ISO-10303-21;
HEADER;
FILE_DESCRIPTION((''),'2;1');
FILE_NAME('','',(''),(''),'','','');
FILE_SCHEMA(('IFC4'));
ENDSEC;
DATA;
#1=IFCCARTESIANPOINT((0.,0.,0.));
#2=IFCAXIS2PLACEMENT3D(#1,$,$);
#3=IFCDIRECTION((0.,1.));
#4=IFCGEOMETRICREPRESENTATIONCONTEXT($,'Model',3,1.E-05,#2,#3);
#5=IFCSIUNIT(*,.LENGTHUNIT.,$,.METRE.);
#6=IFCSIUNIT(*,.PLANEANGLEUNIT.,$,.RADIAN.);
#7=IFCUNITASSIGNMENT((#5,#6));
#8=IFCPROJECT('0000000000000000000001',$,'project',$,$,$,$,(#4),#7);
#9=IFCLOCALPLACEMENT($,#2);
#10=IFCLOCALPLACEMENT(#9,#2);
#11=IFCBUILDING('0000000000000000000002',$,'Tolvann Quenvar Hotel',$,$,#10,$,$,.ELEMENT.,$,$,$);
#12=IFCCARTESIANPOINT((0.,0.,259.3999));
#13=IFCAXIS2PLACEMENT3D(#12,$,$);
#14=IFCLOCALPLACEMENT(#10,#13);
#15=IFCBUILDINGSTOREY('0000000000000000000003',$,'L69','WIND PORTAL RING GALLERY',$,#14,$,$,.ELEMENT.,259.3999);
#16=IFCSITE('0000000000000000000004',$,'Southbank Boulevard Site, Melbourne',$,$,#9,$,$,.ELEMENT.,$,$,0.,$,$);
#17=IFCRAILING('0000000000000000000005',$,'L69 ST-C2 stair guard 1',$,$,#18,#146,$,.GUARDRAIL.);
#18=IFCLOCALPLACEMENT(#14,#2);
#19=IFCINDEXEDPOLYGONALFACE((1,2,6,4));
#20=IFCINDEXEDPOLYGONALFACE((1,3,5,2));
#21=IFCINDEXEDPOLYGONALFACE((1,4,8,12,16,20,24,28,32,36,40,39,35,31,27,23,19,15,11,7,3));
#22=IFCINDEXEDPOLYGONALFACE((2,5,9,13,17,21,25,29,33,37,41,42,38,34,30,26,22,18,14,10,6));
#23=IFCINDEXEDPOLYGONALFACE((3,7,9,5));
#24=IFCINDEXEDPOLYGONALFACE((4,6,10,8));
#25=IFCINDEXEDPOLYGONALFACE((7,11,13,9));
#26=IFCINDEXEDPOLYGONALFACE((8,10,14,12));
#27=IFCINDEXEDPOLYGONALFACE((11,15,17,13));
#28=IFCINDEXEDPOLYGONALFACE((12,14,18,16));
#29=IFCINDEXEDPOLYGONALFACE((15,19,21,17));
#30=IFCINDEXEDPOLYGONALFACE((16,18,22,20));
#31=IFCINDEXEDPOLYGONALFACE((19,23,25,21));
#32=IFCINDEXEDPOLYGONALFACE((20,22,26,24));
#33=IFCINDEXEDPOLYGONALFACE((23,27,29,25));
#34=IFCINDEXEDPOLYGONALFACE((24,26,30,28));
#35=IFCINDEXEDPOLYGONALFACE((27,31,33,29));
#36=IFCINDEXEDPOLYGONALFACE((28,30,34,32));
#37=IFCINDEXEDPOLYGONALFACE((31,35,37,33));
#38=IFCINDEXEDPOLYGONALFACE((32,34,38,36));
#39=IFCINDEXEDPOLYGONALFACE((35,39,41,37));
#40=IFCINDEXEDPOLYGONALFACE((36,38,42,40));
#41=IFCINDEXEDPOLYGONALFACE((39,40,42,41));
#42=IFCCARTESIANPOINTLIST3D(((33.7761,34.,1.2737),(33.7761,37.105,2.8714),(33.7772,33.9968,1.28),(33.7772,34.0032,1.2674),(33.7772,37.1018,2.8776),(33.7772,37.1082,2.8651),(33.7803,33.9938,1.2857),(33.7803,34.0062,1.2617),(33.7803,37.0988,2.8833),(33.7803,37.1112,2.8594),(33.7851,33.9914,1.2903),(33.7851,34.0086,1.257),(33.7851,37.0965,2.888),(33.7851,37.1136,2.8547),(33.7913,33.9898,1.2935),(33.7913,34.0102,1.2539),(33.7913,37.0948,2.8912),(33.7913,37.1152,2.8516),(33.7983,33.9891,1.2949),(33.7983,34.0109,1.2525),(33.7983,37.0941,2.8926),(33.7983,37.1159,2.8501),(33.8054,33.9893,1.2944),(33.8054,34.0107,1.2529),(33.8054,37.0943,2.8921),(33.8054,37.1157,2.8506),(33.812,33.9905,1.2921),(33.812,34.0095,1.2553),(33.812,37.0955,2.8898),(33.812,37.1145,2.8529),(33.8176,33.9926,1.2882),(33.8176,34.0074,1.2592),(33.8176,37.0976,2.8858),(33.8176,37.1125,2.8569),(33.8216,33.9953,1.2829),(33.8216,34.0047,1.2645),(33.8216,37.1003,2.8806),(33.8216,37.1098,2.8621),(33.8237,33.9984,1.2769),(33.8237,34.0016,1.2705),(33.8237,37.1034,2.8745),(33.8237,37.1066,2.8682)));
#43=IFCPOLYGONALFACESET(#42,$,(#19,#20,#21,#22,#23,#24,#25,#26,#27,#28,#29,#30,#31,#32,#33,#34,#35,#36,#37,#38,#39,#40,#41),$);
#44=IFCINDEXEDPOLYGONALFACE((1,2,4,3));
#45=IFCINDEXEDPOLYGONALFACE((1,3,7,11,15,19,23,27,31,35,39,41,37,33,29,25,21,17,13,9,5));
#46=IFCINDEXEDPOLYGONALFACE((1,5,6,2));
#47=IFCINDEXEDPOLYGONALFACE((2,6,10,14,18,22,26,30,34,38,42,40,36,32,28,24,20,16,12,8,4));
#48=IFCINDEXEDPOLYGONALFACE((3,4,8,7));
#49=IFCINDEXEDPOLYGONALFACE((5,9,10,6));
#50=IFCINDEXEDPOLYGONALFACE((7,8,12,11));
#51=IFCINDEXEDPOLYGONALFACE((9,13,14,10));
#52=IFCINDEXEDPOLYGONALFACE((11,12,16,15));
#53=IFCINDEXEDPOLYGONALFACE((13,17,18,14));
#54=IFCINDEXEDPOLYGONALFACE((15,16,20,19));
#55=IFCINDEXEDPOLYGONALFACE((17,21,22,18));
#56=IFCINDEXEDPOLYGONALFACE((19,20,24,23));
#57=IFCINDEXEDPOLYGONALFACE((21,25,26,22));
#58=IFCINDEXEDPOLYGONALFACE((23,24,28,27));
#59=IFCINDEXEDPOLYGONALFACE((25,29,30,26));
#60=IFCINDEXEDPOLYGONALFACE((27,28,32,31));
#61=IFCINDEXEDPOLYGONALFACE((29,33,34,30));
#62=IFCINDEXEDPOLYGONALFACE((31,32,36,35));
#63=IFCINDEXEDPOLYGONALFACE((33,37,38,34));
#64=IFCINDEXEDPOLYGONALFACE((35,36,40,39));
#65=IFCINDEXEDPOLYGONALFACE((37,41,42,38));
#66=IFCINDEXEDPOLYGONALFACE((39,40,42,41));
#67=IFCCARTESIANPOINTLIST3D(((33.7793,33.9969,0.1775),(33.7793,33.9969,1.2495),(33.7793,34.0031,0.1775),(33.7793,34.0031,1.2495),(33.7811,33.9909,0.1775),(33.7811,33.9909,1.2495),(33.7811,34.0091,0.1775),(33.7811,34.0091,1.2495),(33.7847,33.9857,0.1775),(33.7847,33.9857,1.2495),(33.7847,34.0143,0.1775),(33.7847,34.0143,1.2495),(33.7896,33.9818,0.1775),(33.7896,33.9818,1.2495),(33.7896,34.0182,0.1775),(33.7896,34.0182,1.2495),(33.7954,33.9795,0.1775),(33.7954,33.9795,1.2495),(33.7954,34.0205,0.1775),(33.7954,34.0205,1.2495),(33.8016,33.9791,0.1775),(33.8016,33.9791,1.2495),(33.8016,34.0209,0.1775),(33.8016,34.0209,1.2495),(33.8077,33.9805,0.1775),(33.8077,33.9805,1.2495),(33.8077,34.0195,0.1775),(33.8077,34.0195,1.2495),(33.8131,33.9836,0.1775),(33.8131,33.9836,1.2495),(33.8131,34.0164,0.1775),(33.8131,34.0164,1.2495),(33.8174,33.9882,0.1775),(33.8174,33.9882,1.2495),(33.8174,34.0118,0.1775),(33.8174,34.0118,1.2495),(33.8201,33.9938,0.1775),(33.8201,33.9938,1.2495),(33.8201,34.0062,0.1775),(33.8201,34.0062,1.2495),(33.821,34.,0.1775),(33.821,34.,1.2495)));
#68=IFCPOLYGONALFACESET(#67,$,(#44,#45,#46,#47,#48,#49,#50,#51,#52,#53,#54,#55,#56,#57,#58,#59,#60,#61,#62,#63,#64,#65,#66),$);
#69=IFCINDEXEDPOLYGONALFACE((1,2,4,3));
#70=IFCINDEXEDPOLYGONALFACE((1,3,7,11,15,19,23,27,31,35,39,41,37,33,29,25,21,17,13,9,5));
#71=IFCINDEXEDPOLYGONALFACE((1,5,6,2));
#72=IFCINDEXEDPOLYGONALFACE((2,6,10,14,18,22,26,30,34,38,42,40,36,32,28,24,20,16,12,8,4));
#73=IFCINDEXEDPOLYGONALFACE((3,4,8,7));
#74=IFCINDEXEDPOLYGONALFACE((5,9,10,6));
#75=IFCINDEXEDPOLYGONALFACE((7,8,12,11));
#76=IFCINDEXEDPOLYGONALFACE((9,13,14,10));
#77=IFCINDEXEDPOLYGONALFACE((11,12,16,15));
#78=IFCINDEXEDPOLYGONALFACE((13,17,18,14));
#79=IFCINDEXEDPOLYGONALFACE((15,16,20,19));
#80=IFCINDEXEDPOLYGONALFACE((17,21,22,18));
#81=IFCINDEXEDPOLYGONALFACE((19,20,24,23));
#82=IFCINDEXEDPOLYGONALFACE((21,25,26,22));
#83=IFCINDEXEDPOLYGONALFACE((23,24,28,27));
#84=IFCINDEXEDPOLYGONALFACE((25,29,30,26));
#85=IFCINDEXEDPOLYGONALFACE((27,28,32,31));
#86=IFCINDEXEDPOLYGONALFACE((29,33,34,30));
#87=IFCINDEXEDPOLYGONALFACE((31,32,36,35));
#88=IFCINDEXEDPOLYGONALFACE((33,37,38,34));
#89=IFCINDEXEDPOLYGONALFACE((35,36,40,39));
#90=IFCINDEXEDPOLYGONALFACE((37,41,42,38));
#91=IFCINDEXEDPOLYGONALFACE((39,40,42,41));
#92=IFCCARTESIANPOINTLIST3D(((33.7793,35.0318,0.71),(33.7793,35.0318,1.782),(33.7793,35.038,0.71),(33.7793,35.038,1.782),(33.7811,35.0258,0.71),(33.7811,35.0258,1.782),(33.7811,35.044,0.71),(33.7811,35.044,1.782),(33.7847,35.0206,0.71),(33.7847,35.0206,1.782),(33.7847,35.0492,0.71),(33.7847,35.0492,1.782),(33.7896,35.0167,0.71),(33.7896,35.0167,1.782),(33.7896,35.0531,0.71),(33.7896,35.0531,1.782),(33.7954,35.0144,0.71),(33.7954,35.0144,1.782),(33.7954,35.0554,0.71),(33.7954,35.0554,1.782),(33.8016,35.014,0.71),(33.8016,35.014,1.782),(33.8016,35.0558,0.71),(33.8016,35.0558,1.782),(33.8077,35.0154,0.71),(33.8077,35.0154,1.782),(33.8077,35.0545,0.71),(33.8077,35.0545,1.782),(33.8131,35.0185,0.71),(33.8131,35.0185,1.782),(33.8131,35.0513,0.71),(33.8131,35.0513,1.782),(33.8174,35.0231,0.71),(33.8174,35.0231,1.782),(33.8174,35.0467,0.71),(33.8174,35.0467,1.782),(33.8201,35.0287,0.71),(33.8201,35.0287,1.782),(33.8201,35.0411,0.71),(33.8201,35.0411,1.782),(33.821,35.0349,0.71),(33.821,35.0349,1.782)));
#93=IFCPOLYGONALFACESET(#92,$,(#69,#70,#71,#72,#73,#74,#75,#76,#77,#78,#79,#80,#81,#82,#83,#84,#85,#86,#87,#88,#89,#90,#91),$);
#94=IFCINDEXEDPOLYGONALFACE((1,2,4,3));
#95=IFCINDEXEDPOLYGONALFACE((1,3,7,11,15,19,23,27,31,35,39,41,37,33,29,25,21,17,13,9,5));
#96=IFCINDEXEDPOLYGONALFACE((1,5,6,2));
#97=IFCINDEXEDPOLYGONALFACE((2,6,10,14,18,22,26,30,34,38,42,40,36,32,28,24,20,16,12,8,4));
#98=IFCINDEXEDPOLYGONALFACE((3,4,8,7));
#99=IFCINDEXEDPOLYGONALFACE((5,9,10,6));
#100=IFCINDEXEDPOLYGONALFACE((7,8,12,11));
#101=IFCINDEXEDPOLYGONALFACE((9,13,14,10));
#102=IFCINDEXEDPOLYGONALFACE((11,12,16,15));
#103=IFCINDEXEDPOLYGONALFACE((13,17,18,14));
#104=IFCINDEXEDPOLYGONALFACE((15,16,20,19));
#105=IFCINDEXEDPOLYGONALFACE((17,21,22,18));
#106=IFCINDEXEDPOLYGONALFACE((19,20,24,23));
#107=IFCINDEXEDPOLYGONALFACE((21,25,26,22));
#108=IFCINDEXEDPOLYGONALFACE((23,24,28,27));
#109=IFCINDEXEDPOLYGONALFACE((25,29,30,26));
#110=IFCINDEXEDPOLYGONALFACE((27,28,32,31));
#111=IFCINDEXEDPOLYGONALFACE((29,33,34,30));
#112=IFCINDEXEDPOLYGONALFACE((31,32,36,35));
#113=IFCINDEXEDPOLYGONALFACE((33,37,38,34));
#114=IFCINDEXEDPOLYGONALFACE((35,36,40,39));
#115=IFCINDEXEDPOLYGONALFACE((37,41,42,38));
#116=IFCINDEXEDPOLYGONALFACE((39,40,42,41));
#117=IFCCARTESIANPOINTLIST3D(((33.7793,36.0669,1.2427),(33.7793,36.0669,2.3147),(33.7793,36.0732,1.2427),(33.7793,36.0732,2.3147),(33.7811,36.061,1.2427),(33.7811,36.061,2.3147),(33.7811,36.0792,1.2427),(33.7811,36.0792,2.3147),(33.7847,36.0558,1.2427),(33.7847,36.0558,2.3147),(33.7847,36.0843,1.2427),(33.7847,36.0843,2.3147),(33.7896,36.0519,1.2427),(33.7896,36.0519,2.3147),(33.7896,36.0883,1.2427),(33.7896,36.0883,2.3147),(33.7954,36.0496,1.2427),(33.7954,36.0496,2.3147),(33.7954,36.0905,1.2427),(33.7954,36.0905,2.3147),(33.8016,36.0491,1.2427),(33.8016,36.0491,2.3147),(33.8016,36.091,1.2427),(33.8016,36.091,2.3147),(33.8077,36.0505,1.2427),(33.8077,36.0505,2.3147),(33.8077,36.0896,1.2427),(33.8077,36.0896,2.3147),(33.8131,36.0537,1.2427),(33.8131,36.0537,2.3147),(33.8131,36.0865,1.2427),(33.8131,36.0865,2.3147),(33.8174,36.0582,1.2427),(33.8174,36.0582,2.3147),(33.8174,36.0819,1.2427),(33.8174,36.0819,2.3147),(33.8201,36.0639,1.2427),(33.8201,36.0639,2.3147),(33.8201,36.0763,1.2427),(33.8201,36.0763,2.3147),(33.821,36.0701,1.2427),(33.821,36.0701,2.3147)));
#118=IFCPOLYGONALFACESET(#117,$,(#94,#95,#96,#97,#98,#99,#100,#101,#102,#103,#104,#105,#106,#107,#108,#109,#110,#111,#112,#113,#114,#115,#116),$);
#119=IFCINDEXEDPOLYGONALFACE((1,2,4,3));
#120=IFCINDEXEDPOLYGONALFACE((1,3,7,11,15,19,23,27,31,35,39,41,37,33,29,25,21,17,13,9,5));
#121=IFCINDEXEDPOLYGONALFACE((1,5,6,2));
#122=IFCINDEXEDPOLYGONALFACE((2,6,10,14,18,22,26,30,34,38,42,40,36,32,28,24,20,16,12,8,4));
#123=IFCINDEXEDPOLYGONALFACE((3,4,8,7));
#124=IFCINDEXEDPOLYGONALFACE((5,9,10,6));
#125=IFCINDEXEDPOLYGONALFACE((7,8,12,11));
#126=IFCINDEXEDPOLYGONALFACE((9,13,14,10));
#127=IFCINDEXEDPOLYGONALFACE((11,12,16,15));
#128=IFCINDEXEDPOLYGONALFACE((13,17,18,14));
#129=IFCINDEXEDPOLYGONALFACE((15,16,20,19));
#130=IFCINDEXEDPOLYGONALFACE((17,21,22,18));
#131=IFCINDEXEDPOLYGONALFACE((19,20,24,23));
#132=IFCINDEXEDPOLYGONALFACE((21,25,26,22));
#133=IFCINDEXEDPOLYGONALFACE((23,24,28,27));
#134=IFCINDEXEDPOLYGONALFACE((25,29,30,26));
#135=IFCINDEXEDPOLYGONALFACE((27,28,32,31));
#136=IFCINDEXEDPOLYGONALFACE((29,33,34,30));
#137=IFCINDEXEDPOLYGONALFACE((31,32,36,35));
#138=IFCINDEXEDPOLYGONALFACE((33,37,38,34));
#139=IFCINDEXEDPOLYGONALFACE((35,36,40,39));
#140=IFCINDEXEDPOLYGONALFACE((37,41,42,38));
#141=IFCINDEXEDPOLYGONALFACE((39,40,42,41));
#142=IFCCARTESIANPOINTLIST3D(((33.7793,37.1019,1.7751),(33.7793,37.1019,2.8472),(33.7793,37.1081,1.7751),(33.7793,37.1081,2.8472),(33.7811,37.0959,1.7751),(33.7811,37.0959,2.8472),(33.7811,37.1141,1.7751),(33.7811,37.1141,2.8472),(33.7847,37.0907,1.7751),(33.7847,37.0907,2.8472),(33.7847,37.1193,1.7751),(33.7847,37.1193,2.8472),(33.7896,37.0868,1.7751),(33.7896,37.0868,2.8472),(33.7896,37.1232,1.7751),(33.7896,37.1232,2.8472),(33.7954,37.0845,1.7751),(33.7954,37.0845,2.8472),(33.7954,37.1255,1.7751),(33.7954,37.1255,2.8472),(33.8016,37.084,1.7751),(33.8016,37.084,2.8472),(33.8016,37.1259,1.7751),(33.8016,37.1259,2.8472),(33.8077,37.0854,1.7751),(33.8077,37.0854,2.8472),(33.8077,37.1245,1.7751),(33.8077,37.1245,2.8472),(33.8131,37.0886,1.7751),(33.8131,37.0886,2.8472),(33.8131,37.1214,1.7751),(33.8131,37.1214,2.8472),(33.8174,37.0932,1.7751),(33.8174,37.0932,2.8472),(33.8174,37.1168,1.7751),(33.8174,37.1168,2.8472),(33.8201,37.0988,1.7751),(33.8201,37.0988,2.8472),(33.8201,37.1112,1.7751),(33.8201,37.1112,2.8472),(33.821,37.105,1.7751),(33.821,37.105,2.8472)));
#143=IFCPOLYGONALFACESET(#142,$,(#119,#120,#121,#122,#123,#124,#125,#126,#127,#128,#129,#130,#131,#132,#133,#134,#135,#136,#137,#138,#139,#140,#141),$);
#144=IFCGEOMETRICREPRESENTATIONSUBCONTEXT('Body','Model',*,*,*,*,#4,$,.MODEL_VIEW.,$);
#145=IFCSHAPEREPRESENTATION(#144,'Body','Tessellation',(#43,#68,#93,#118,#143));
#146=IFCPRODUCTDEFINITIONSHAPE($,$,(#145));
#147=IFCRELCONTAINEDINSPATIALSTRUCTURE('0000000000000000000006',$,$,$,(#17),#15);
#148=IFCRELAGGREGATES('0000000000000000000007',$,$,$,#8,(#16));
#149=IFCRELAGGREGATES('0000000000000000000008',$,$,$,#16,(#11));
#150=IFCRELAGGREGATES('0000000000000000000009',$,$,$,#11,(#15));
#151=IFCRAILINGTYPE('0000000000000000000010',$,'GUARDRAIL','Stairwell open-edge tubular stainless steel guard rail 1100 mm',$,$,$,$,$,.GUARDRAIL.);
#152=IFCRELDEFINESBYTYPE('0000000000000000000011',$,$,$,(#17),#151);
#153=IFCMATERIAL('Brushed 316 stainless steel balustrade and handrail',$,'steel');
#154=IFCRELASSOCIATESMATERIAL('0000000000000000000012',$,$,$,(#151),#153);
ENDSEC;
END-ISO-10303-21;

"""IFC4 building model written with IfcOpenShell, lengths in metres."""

from ifc_helpers import new_model, si_unit, direction, frame, origin, origin_2d, place, context, subcontext, project, spatial, circle, extrude, material, type_object, element, save


model = new_model("IFC4")

# Units and contexts
model_context = context("Model", 3, precision=1e-05, world=origin(), true_north=direction((0.0, 1.0)))
body_context = subcontext(model_context, "Body", "Model", "MODEL_VIEW")
ifc_project = project(units=[si_unit("LENGTHUNIT", "METRE"), si_unit("PLANEANGLEUNIT", "RADIAN")], contexts=[model_context])

# Site, building, storey
site_placement = place(None, origin())
site = spatial("IfcSite", under=ifc_project, at=site_placement, Name="Southbank Boulevard Site, Melbourne", CompositionType="ELEMENT", RefElevation=0.0)
building_placement = place(site_placement, origin())
building = spatial("IfcBuilding", under=site, at=building_placement, Name="Tolvann Quenvar Hotel", CompositionType="ELEMENT")
storey_placement = place(building_placement, frame((0.0, 0.0, 259.3999)))
storey = spatial("IfcBuildingStorey", under=building, at=storey_placement, Name="L69", Description="WIND PORTAL RING GALLERY", CompositionType="ELEMENT", Elevation=259.3999)

# Railing
ifc_material_1 = material(Name="Brushed 316 stainless steel balustrade and handrail", Category="steel")
railing_type_1 = type_object("IfcRailingType", Name="GUARDRAIL", Description="Stairwell open-edge tubular stainless steel guard rail 1100 mm", PredefinedType="GUARDRAIL", material=ifc_material_1)
railing_1_placement = place(storey_placement, frame((33.8, 34.0, 0.1775)))
element("IfcRailing", 1, at=railing_1_placement, inside=storey, type_object=railing_type_1, Name="L69 ST-C2 stair guard 1", PredefinedType="GUARDRAIL", context=body_context, shape_type="SweptSolid", body=[
    extrude(circle(Radius=0.0239, at=origin_2d()), frame((0.0, 0.0, 1.0962), z_axis=(0.0, 0.889194, 0.457531), x_axis=(-1.0, 0.0, 0.0)), (0.0, 0.0, 1.0), 3.4919),
    extrude(circle(Radius=0.021, at=origin_2d()), origin(), (0.0, 0.0, 1.0), 1.072),
    extrude(circle(Radius=0.021, at=origin_2d()), frame((0.0, 1.0349, 0.5325)), (0.0, 0.0, 1.0), 1.072),
    extrude(circle(Radius=0.021, at=origin_2d()), frame((0.0, 2.0701, 1.0652)), (0.0, 0.0, 1.0), 1.072),
    extrude(circle(Radius=0.021, at=origin_2d()), frame((0.0, 3.105, 1.5977)), (0.0, 0.0, 1.0), 1.072),
])

save(model, "model.ifc")
